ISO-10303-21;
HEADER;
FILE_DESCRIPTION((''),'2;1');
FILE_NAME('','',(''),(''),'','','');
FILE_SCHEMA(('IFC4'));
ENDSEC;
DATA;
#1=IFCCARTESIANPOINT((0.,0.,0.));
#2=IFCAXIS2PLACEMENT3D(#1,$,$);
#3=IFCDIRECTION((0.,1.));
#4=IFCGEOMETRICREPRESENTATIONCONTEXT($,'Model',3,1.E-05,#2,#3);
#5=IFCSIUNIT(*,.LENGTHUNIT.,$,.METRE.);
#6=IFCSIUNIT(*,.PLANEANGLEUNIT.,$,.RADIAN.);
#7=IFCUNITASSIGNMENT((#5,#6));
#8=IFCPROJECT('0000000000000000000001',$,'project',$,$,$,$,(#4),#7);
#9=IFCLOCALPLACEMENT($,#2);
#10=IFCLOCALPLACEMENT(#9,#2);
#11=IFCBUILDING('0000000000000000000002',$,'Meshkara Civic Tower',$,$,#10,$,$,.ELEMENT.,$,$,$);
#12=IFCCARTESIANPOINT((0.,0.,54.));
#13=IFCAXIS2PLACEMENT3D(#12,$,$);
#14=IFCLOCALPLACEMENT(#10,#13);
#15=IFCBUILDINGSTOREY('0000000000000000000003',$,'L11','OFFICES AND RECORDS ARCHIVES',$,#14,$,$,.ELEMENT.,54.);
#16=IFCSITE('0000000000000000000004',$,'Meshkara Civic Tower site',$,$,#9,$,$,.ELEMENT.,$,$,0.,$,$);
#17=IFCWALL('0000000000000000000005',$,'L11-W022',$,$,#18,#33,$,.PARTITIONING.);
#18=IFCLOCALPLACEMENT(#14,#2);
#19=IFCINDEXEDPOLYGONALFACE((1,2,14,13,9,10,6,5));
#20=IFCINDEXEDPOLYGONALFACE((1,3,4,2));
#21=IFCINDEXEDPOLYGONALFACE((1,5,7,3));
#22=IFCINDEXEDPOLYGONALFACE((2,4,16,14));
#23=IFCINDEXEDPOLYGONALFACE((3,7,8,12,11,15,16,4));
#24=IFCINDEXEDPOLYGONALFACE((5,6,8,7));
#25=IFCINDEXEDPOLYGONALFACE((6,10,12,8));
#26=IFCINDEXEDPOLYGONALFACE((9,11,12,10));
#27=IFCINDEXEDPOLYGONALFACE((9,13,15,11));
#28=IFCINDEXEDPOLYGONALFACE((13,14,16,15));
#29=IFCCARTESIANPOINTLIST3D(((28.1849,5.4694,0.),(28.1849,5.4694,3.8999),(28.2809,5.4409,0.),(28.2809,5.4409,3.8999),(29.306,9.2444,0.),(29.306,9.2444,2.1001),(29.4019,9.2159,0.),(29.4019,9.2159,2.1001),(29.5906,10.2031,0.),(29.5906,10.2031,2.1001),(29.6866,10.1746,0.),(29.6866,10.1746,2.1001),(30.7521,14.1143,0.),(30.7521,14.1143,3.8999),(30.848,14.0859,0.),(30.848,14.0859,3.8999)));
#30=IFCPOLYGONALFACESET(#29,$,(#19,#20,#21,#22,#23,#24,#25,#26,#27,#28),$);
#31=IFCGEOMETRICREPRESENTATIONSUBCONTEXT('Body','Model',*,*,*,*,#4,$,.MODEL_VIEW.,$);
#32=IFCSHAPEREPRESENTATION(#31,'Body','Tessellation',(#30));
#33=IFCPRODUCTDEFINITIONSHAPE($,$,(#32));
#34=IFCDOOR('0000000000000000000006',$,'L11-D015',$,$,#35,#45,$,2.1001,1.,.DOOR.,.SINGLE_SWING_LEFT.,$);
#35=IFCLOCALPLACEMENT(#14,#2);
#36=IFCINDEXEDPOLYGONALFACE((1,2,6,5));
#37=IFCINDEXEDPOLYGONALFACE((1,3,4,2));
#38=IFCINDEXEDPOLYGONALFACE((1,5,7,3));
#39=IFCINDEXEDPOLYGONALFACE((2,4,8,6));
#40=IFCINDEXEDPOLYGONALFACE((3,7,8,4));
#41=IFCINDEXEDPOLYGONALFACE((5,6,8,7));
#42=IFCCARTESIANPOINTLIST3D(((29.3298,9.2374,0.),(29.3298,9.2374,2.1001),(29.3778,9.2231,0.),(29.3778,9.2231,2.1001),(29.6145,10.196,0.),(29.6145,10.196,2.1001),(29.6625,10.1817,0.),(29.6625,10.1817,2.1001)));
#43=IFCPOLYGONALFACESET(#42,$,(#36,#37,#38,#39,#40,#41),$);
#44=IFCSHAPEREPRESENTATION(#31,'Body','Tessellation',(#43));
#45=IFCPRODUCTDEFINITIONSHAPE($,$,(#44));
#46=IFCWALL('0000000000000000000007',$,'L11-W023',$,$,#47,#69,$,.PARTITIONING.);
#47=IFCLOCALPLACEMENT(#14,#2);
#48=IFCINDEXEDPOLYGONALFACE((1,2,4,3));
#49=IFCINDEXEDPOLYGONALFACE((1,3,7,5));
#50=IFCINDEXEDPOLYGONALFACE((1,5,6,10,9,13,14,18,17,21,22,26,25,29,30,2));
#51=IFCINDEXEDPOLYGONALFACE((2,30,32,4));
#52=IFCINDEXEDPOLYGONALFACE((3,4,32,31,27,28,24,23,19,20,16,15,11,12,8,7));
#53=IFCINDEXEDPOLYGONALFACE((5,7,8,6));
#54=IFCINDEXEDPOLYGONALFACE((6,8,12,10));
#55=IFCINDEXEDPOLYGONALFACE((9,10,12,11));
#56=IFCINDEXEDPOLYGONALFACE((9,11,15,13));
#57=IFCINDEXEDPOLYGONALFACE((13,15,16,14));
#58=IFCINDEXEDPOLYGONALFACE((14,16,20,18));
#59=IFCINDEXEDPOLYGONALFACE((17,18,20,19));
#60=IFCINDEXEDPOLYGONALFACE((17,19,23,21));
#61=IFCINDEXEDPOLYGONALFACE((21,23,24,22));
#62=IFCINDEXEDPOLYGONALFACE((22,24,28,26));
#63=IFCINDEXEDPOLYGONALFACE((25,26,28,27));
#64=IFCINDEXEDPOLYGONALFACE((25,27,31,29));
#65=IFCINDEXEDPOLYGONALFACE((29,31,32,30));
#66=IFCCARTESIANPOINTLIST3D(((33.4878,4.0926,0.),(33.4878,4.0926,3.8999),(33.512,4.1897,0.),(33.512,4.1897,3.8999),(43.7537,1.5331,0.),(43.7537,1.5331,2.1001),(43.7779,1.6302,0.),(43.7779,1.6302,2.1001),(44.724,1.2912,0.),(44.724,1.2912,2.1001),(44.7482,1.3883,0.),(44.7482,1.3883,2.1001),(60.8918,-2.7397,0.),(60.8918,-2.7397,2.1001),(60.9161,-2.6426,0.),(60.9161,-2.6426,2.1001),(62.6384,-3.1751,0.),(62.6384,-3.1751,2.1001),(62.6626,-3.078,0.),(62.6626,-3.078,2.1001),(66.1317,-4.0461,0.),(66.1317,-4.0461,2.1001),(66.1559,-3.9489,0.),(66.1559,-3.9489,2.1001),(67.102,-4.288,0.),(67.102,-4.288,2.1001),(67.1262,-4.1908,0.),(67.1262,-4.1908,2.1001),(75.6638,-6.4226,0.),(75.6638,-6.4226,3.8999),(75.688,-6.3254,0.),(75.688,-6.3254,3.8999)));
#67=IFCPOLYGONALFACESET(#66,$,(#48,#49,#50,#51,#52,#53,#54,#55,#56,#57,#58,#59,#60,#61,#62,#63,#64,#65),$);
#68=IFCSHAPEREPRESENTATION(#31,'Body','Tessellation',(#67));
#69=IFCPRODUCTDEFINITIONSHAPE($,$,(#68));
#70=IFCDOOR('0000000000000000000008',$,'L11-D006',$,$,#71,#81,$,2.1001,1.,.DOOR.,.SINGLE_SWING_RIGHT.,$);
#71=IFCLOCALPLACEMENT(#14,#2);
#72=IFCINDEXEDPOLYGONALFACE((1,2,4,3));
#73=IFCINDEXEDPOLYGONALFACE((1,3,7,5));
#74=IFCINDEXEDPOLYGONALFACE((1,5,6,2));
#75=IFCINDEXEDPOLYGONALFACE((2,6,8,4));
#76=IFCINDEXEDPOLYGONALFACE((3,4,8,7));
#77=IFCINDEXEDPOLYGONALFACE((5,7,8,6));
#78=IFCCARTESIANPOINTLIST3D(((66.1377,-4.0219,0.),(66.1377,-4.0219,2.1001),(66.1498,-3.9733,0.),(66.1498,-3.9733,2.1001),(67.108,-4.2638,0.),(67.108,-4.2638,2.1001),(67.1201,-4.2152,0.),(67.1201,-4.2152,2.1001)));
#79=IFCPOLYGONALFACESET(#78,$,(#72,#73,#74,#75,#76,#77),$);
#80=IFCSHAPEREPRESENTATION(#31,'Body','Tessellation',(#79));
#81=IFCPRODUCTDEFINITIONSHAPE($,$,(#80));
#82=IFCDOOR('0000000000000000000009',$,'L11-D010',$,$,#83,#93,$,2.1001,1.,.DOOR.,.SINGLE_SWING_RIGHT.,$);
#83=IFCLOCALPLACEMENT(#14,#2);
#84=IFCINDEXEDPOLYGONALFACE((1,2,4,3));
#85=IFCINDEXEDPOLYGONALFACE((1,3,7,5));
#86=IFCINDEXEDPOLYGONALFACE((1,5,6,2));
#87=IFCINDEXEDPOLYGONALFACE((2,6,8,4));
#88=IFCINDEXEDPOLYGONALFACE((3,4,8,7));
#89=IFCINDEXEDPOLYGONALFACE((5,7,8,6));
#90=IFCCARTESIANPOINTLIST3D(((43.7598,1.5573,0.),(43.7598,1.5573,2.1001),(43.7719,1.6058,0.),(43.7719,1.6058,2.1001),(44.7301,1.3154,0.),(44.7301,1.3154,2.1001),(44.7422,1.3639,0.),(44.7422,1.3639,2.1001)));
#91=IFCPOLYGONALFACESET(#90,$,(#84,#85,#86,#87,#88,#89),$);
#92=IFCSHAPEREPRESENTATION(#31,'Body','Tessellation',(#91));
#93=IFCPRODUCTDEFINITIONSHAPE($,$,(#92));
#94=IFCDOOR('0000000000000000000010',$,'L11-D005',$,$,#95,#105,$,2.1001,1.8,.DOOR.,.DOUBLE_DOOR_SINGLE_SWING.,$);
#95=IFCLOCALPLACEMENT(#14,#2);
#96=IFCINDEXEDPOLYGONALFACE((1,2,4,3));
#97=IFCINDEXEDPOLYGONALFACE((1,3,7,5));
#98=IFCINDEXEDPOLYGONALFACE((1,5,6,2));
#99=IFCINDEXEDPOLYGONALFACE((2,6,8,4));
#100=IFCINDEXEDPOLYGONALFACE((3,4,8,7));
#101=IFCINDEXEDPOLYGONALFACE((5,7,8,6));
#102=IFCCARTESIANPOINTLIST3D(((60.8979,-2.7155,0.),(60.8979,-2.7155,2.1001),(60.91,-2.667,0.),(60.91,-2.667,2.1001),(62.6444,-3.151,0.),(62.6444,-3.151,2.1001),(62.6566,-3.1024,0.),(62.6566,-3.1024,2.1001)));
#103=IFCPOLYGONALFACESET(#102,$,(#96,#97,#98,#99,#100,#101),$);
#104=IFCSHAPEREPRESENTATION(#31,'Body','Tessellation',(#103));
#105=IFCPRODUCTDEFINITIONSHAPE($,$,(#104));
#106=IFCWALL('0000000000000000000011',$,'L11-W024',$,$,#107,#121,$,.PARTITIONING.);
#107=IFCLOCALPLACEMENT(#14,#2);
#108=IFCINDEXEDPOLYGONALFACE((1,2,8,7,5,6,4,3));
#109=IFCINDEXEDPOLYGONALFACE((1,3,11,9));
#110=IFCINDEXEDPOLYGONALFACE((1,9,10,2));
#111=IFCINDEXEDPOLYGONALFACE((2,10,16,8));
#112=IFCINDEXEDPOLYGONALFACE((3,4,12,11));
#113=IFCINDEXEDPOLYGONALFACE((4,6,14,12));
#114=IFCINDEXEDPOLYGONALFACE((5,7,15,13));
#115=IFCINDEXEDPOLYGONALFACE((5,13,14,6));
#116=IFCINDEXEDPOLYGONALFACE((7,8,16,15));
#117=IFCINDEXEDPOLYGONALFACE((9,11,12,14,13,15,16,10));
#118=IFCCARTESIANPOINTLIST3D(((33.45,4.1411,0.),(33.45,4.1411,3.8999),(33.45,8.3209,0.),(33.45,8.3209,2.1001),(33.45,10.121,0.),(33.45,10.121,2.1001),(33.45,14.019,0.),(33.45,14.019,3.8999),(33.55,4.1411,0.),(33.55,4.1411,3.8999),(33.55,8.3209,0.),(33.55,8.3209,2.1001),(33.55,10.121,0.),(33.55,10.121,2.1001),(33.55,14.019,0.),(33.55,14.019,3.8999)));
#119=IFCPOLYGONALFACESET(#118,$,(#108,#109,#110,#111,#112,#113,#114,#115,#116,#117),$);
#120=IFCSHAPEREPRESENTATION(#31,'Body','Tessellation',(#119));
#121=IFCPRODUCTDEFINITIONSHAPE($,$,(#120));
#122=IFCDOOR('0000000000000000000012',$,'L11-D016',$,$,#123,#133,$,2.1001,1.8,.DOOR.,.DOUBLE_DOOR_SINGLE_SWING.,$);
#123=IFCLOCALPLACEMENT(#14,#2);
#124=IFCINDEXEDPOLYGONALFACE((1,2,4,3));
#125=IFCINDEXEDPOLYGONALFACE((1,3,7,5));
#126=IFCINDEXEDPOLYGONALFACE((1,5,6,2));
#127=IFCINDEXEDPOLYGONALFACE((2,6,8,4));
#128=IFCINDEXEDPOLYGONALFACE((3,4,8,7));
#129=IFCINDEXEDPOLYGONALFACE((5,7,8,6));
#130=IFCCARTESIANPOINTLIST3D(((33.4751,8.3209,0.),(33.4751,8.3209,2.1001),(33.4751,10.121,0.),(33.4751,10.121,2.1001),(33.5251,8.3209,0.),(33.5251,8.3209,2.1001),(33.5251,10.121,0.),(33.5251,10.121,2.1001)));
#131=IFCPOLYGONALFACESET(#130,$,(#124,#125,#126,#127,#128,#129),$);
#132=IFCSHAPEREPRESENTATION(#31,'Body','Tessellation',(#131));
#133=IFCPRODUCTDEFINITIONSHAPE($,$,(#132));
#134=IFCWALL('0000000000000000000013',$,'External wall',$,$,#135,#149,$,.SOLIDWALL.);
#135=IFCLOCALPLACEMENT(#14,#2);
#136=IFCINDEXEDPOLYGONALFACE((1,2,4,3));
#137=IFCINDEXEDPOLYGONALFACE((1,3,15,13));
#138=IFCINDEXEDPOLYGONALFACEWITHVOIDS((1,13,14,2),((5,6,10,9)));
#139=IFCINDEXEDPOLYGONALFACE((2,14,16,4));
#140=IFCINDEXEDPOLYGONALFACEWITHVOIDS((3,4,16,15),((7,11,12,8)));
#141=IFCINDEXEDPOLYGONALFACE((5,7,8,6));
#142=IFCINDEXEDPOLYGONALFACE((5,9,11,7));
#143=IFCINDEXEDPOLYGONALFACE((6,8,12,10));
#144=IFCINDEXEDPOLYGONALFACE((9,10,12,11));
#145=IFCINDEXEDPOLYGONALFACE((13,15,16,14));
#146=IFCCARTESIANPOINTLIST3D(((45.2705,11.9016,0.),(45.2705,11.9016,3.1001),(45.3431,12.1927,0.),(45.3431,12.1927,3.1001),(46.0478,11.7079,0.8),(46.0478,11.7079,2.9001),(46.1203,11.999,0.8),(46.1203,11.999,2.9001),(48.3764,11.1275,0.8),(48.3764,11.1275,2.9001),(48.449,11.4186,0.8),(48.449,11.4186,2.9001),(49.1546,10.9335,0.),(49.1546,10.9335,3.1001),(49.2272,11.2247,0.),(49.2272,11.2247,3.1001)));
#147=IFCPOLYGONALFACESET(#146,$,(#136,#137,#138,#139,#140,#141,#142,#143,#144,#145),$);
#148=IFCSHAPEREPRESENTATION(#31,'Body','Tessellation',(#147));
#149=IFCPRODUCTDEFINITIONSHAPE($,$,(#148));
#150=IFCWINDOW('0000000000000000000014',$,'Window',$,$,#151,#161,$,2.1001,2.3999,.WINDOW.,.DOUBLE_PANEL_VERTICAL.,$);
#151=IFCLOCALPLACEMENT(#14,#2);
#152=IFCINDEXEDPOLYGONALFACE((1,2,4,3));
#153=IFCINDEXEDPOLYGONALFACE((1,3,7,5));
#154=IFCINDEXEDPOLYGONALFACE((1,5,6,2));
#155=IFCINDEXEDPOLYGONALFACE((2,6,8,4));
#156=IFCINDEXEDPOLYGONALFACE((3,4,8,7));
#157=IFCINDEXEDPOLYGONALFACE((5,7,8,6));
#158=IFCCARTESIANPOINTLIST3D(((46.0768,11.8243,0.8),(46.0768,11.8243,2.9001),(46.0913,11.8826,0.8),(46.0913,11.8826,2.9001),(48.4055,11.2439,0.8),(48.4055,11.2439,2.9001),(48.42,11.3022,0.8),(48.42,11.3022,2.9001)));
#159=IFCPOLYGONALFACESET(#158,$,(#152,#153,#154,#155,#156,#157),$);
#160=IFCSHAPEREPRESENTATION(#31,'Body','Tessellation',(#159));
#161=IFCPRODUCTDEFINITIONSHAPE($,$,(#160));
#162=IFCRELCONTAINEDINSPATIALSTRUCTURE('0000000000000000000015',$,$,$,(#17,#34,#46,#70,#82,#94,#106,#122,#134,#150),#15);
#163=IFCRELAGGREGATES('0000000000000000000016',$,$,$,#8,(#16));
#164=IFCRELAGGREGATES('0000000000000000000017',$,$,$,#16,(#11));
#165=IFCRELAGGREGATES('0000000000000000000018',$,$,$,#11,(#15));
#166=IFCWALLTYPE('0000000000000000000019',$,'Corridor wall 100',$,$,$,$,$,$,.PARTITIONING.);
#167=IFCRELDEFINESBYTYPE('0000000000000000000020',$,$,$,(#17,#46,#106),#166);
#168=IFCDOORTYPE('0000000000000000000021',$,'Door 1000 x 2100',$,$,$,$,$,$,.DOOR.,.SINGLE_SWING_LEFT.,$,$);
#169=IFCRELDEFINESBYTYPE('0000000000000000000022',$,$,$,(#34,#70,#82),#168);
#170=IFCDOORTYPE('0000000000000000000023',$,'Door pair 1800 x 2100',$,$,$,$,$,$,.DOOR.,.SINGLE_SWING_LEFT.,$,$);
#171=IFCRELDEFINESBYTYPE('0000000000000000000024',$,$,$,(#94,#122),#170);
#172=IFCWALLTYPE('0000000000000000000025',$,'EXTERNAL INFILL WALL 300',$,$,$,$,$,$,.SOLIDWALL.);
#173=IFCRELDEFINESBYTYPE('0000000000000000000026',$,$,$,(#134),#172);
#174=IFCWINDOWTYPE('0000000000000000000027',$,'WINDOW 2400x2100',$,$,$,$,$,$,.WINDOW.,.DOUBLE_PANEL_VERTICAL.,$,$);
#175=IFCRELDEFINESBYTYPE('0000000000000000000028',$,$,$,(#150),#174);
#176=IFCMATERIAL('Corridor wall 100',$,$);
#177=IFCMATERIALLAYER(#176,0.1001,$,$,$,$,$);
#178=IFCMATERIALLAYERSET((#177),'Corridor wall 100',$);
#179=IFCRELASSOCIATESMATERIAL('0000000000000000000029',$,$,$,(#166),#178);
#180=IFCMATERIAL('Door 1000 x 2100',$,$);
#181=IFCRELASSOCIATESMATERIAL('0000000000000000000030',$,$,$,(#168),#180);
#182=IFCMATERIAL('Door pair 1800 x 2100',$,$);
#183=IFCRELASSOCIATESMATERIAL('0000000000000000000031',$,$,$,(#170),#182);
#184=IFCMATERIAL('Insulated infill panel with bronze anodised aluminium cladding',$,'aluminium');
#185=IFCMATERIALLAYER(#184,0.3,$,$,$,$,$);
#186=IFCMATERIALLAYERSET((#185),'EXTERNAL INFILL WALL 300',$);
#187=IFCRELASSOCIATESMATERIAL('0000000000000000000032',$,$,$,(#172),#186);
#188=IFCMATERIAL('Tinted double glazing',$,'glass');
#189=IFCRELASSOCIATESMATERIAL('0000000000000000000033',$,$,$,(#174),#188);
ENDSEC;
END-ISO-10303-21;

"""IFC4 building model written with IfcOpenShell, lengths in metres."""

from ifc_helpers import new_model, si_unit, direction, frame, frame_2d, origin, place, context, subcontext, project, spatial, rectangle, extrude, material, layer, layer_set, type_object, element, fill, save


model = new_model("IFC4")

# Units and contexts
model_context = context("Model", 3, precision=1e-05, world=origin(), true_north=direction((0.0, 1.0)))
body_context = subcontext(model_context, "Body", "Model", "MODEL_VIEW")
ifc_project = project(units=[si_unit("LENGTHUNIT", "METRE"), si_unit("PLANEANGLEUNIT", "RADIAN")], contexts=[model_context])

# Site, building, storey
site_placement = place(None, origin())
site = spatial("IfcSite", under=ifc_project, at=site_placement, Name="Meshkara Civic Tower site", CompositionType="ELEMENT", RefElevation=0.0)
building_placement = place(site_placement, origin())
building = spatial("IfcBuilding", under=site, at=building_placement, Name="Meshkara Civic Tower", CompositionType="ELEMENT")
storey_placement = place(building_placement, frame((0.0, 0.0, 54.0)))
storey = spatial("IfcBuildingStorey", under=building, at=storey_placement, Name="L11", Description="OFFICES AND RECORDS ARCHIVES", CompositionType="ELEMENT", Elevation=54.0)

# Wall, opening, door
ifc_material_1 = material(Name="Corridor wall 100")
ifc_layer_1 = layer(ifc_material_1, 0.1001)
ifc_layer_set_1 = layer_set([ifc_layer_1], Name="Corridor wall 100")
wall_type_1 = type_object("IfcWallType", Name="Corridor wall 100", PredefinedType="PARTITIONING", material=ifc_layer_set_1)
wall_1_placement = place(storey_placement, frame((30.8, 14.1001, 0.0), z_axis=(0.0, 0.0, 1.0), x_axis=(-0.284664, -0.958627, 0.0)))
wall_1 = element("IfcWall", 1, at=wall_1_placement, inside=storey, type_object=wall_type_1, Name="L11-W022", PredefinedType="PARTITIONING", context=body_context, shape_type="SweptSolid", body=[
    extrude(rectangle(XDim=9.0181, YDim=0.1001, at=frame_2d((4.509, 0.0))), origin(), (0.0, 0.0, 1.0), 3.8999),
])
opening_1_placement = place(wall_1_placement, frame((4.0801, 0.0, 0.0)))
opening_1 = element("IfcOpeningElement", 2, at=opening_1_placement, cuts=wall_1, PredefinedType="OPENING", context=body_context, shape_type="SweptSolid", body=[
    extrude(rectangle(XDim=1.0, YDim=2.1001, at=frame_2d((0.5, 1.05))), frame((0.0, 0.0601, 0.0), z_axis=(0.0, -1.0, 0.0), x_axis=(1.0, 0.0, 0.0)), (0.0, 0.0, 1.0), 0.1201),
])
ifc_material_2 = material(Name="Door 1000 x 2100")
door_type_1 = type_object("IfcDoorType", Name="Door 1000 x 2100", OperationType="SINGLE_SWING_LEFT", PredefinedType="DOOR", material=ifc_material_2)
door_1_placement = place(opening_1_placement, origin())
door_1 = element("IfcDoor", 3, at=door_1_placement, inside=storey, type_object=door_type_1, Name="L11-D015", OperationType="SINGLE_SWING_LEFT", OverallHeight=2.1001, OverallWidth=1.0, PredefinedType="DOOR", context=body_context, shape_type="SweptSolid", body=[
    extrude(rectangle(XDim=1.0, YDim=2.1001, at=frame_2d((0.5, 1.05))), frame((0.0, 0.0249, 0.0), z_axis=(0.0, -1.0, 0.0), x_axis=(1.0, 0.0, 0.0)), (0.0, 0.0, 1.0), 0.05),
])
fill(opening_1, door_1)

# Wall, openings, doors
wall_2_placement = place(storey_placement, frame((33.5, 4.1411, 0.0), z_axis=(0.0, 0.0, 1.0), x_axis=(0.970299, -0.24191, 0.0)))
wall_2 = element("IfcWall", 4, at=wall_2_placement, inside=storey, type_object=wall_type_1, Name="L11-W023", PredefinedType="PARTITIONING", context=body_context, shape_type="SweptSolid", body=[
    extrude(rectangle(XDim=43.467, YDim=0.1001, at=frame_2d((21.7334, 0.0))), origin(), (0.0, 0.0, 1.0), 3.8999),
])
opening_2_placement = place(wall_2_placement, frame((28.2429, 0.0, 0.0)))
opening_2 = element("IfcOpeningElement", 5, at=opening_2_placement, cuts=wall_2, PredefinedType="OPENING", context=body_context, shape_type="SweptSolid", body=[
    extrude(rectangle(XDim=1.8, YDim=2.1001, at=frame_2d((0.8999, 1.05))), frame((0.0, 0.0601, 0.0), z_axis=(0.0, -1.0, 0.0), x_axis=(1.0, 0.0, 0.0)), (0.0, 0.0, 1.0), 0.1201),
])
opening_3_placement = place(wall_2_placement, frame((33.6431, 0.0, 0.0)))
opening_3 = element("IfcOpeningElement", 6, at=opening_3_placement, cuts=wall_2, PredefinedType="OPENING", context=body_context, shape_type="SweptSolid", body=[
    extrude(rectangle(XDim=1.0, YDim=2.1001, at=frame_2d((0.5, 1.05))), frame((0.0, 0.0601, 0.0), z_axis=(0.0, -1.0, 0.0), x_axis=(1.0, 0.0, 0.0)), (0.0, 0.0, 1.0), 0.1201),
])
opening_4_placement = place(wall_2_placement, frame((10.5801, 0.0, 0.0)))
opening_4 = element("IfcOpeningElement", 7, at=opening_4_placement, cuts=wall_2, PredefinedType="OPENING", context=body_context, shape_type="SweptSolid", body=[
    extrude(rectangle(XDim=1.0, YDim=2.1001, at=frame_2d((0.5, 1.05))), frame((0.0, 0.0601, 0.0), z_axis=(0.0, -1.0, 0.0), x_axis=(1.0, 0.0, 0.0)), (0.0, 0.0, 1.0), 0.1201),
])
door_2_placement = place(opening_3_placement, origin())
door_2 = element("IfcDoor", 8, at=door_2_placement, inside=storey, type_object=door_type_1, Name="L11-D006", OperationType="SINGLE_SWING_RIGHT", OverallHeight=2.1001, OverallWidth=1.0, PredefinedType="DOOR", context=body_context, shape_type="SweptSolid", body=[
    extrude(rectangle(XDim=1.0, YDim=2.1001, at=frame_2d((0.5, 1.05))), frame((0.0, 0.0249, 0.0), z_axis=(0.0, -1.0, 0.0), x_axis=(1.0, 0.0, 0.0)), (0.0, 0.0, 1.0), 0.05),
])
fill(opening_3, door_2)
door_3_placement = place(opening_4_placement, origin())
door_3 = element("IfcDoor", 9, at=door_3_placement, inside=storey, type_object=door_type_1, Name="L11-D010", OperationType="SINGLE_SWING_RIGHT", OverallHeight=2.1001, OverallWidth=1.0, PredefinedType="DOOR", context=body_context, shape_type="SweptSolid", body=[
    extrude(rectangle(XDim=1.0, YDim=2.1001, at=frame_2d((0.5, 1.05))), frame((0.0, 0.0249, 0.0), z_axis=(0.0, -1.0, 0.0), x_axis=(1.0, 0.0, 0.0)), (0.0, 0.0, 1.0), 0.05),
])
fill(opening_4, door_3)
ifc_material_3 = material(Name="Door pair 1800 x 2100")
door_type_2 = type_object("IfcDoorType", Name="Door pair 1800 x 2100", OperationType="SINGLE_SWING_LEFT", PredefinedType="DOOR", material=ifc_material_3)
door_4_placement = place(opening_2_placement, origin())
door_4 = element("IfcDoor", 10, at=door_4_placement, inside=storey, type_object=door_type_2, Name="L11-D005", OperationType="DOUBLE_DOOR_SINGLE_SWING", OverallHeight=2.1001, OverallWidth=1.8, PredefinedType="DOOR", context=body_context, shape_type="SweptSolid", body=[
    extrude(rectangle(XDim=1.8, YDim=2.1001, at=frame_2d((0.8999, 1.05))), frame((0.0, 0.0249, 0.0), z_axis=(0.0, -1.0, 0.0), x_axis=(1.0, 0.0, 0.0)), (0.0, 0.0, 1.0), 0.05),
])
fill(opening_2, door_4)

# Wall, opening, door
wall_3_placement = place(storey_placement, frame((33.5, 4.1411, 0.0), z_axis=(0.0, 0.0, 1.0), x_axis=(0.0, 1.0, 0.0)))
wall_3 = element("IfcWall", 11, at=wall_3_placement, inside=storey, type_object=wall_type_1, Name="L11-W024", PredefinedType="PARTITIONING", context=body_context, shape_type="SweptSolid", body=[
    extrude(rectangle(XDim=9.8779, YDim=0.1001, at=frame_2d((4.939, 0.0))), origin(), (0.0, 0.0, 1.0), 3.8999),
])
opening_5_placement = place(wall_3_placement, frame((4.1799, 0.0, 0.0)))
opening_5 = element("IfcOpeningElement", 12, at=opening_5_placement, cuts=wall_3, PredefinedType="OPENING", context=body_context, shape_type="SweptSolid", body=[
    extrude(rectangle(XDim=1.8, YDim=2.1001, at=frame_2d((0.8999, 1.05))), frame((0.0, 0.0601, 0.0), z_axis=(0.0, -1.0, 0.0), x_axis=(1.0, 0.0, 0.0)), (0.0, 0.0, 1.0), 0.1201),
])
door_5_placement = place(opening_5_placement, origin())
door_5 = element("IfcDoor", 13, at=door_5_placement, inside=storey, type_object=door_type_2, Name="L11-D016", OperationType="DOUBLE_DOOR_SINGLE_SWING", OverallHeight=2.1001, OverallWidth=1.8, PredefinedType="DOOR", context=body_context, shape_type="SweptSolid", body=[
    extrude(rectangle(XDim=1.8, YDim=2.1001, at=frame_2d((0.8999, 1.05))), frame((0.0, 0.0249, 0.0), z_axis=(0.0, -1.0, 0.0), x_axis=(1.0, 0.0, 0.0)), (0.0, 0.0, 1.0), 0.05),
])
fill(opening_5, door_5)

# Wall, opening, window
ifc_material_4 = material(Name="Insulated infill panel with bronze anodised aluminium cladding", Category="aluminium")
ifc_layer_2 = layer(ifc_material_4, 0.3)
ifc_layer_set_2 = layer_set([ifc_layer_2], Name="EXTERNAL INFILL WALL 300")
wall_type_2 = type_object("IfcWallType", Name="EXTERNAL INFILL WALL 300", PredefinedType="SOLIDWALL", material=ifc_layer_set_2)
wall_4_placement = place(storey_placement, frame((49.1909, 11.0791, 0.0), z_axis=(0.0, 0.0, 1.0), x_axis=(-0.970318, 0.241832, 0.0)))
wall_4 = element("IfcWall", 14, at=wall_4_placement, inside=storey, type_object=wall_type_2, Name="External wall", PredefinedType="SOLIDWALL", context=body_context, shape_type="SweptSolid", body=[
    extrude(rectangle(XDim=4.0029, YDim=0.3, at=frame_2d((2.0015, 0.0))), origin(), (0.0, 0.0, 1.0), 3.1001),
])
opening_6_placement = place(wall_4_placement, frame((0.802, 0.0, 0.8)))
opening_6 = element("IfcOpeningElement", 15, at=opening_6_placement, cuts=wall_4, PredefinedType="OPENING", context=body_context, shape_type="SweptSolid", body=[
    extrude(rectangle(XDim=2.3999, YDim=2.1001, at=frame_2d((1.2, 1.05))), frame((0.0, 0.1599, 0.0), z_axis=(0.0, -1.0, 0.0), x_axis=(1.0, 0.0, 0.0)), (0.0, 0.0, 1.0), 0.3201),
])
ifc_material_5 = material(Name="Tinted double glazing", Category="glass")
window_type = type_object("IfcWindowType", Name="WINDOW 2400x2100", PartitioningType="DOUBLE_PANEL_VERTICAL", PredefinedType="WINDOW", material=ifc_material_5)
window_1_placement = place(opening_6_placement, origin())
window_1 = element("IfcWindow", 16, at=window_1_placement, inside=storey, type_object=window_type, Name="Window", OverallHeight=2.1001, OverallWidth=2.3999, PartitioningType="DOUBLE_PANEL_VERTICAL", PredefinedType="WINDOW", context=body_context, shape_type="SweptSolid", body=[
    extrude(rectangle(XDim=2.3999, YDim=2.1001, at=frame_2d((1.2, 1.05))), frame((0.0, 0.03, 0.0), z_axis=(0.0, -1.0, 0.0), x_axis=(1.0, 0.0, 0.0)), (0.0, 0.0, 1.0), 0.0601),
])
fill(opening_6, window_1)

save(model, "model.ifc")
